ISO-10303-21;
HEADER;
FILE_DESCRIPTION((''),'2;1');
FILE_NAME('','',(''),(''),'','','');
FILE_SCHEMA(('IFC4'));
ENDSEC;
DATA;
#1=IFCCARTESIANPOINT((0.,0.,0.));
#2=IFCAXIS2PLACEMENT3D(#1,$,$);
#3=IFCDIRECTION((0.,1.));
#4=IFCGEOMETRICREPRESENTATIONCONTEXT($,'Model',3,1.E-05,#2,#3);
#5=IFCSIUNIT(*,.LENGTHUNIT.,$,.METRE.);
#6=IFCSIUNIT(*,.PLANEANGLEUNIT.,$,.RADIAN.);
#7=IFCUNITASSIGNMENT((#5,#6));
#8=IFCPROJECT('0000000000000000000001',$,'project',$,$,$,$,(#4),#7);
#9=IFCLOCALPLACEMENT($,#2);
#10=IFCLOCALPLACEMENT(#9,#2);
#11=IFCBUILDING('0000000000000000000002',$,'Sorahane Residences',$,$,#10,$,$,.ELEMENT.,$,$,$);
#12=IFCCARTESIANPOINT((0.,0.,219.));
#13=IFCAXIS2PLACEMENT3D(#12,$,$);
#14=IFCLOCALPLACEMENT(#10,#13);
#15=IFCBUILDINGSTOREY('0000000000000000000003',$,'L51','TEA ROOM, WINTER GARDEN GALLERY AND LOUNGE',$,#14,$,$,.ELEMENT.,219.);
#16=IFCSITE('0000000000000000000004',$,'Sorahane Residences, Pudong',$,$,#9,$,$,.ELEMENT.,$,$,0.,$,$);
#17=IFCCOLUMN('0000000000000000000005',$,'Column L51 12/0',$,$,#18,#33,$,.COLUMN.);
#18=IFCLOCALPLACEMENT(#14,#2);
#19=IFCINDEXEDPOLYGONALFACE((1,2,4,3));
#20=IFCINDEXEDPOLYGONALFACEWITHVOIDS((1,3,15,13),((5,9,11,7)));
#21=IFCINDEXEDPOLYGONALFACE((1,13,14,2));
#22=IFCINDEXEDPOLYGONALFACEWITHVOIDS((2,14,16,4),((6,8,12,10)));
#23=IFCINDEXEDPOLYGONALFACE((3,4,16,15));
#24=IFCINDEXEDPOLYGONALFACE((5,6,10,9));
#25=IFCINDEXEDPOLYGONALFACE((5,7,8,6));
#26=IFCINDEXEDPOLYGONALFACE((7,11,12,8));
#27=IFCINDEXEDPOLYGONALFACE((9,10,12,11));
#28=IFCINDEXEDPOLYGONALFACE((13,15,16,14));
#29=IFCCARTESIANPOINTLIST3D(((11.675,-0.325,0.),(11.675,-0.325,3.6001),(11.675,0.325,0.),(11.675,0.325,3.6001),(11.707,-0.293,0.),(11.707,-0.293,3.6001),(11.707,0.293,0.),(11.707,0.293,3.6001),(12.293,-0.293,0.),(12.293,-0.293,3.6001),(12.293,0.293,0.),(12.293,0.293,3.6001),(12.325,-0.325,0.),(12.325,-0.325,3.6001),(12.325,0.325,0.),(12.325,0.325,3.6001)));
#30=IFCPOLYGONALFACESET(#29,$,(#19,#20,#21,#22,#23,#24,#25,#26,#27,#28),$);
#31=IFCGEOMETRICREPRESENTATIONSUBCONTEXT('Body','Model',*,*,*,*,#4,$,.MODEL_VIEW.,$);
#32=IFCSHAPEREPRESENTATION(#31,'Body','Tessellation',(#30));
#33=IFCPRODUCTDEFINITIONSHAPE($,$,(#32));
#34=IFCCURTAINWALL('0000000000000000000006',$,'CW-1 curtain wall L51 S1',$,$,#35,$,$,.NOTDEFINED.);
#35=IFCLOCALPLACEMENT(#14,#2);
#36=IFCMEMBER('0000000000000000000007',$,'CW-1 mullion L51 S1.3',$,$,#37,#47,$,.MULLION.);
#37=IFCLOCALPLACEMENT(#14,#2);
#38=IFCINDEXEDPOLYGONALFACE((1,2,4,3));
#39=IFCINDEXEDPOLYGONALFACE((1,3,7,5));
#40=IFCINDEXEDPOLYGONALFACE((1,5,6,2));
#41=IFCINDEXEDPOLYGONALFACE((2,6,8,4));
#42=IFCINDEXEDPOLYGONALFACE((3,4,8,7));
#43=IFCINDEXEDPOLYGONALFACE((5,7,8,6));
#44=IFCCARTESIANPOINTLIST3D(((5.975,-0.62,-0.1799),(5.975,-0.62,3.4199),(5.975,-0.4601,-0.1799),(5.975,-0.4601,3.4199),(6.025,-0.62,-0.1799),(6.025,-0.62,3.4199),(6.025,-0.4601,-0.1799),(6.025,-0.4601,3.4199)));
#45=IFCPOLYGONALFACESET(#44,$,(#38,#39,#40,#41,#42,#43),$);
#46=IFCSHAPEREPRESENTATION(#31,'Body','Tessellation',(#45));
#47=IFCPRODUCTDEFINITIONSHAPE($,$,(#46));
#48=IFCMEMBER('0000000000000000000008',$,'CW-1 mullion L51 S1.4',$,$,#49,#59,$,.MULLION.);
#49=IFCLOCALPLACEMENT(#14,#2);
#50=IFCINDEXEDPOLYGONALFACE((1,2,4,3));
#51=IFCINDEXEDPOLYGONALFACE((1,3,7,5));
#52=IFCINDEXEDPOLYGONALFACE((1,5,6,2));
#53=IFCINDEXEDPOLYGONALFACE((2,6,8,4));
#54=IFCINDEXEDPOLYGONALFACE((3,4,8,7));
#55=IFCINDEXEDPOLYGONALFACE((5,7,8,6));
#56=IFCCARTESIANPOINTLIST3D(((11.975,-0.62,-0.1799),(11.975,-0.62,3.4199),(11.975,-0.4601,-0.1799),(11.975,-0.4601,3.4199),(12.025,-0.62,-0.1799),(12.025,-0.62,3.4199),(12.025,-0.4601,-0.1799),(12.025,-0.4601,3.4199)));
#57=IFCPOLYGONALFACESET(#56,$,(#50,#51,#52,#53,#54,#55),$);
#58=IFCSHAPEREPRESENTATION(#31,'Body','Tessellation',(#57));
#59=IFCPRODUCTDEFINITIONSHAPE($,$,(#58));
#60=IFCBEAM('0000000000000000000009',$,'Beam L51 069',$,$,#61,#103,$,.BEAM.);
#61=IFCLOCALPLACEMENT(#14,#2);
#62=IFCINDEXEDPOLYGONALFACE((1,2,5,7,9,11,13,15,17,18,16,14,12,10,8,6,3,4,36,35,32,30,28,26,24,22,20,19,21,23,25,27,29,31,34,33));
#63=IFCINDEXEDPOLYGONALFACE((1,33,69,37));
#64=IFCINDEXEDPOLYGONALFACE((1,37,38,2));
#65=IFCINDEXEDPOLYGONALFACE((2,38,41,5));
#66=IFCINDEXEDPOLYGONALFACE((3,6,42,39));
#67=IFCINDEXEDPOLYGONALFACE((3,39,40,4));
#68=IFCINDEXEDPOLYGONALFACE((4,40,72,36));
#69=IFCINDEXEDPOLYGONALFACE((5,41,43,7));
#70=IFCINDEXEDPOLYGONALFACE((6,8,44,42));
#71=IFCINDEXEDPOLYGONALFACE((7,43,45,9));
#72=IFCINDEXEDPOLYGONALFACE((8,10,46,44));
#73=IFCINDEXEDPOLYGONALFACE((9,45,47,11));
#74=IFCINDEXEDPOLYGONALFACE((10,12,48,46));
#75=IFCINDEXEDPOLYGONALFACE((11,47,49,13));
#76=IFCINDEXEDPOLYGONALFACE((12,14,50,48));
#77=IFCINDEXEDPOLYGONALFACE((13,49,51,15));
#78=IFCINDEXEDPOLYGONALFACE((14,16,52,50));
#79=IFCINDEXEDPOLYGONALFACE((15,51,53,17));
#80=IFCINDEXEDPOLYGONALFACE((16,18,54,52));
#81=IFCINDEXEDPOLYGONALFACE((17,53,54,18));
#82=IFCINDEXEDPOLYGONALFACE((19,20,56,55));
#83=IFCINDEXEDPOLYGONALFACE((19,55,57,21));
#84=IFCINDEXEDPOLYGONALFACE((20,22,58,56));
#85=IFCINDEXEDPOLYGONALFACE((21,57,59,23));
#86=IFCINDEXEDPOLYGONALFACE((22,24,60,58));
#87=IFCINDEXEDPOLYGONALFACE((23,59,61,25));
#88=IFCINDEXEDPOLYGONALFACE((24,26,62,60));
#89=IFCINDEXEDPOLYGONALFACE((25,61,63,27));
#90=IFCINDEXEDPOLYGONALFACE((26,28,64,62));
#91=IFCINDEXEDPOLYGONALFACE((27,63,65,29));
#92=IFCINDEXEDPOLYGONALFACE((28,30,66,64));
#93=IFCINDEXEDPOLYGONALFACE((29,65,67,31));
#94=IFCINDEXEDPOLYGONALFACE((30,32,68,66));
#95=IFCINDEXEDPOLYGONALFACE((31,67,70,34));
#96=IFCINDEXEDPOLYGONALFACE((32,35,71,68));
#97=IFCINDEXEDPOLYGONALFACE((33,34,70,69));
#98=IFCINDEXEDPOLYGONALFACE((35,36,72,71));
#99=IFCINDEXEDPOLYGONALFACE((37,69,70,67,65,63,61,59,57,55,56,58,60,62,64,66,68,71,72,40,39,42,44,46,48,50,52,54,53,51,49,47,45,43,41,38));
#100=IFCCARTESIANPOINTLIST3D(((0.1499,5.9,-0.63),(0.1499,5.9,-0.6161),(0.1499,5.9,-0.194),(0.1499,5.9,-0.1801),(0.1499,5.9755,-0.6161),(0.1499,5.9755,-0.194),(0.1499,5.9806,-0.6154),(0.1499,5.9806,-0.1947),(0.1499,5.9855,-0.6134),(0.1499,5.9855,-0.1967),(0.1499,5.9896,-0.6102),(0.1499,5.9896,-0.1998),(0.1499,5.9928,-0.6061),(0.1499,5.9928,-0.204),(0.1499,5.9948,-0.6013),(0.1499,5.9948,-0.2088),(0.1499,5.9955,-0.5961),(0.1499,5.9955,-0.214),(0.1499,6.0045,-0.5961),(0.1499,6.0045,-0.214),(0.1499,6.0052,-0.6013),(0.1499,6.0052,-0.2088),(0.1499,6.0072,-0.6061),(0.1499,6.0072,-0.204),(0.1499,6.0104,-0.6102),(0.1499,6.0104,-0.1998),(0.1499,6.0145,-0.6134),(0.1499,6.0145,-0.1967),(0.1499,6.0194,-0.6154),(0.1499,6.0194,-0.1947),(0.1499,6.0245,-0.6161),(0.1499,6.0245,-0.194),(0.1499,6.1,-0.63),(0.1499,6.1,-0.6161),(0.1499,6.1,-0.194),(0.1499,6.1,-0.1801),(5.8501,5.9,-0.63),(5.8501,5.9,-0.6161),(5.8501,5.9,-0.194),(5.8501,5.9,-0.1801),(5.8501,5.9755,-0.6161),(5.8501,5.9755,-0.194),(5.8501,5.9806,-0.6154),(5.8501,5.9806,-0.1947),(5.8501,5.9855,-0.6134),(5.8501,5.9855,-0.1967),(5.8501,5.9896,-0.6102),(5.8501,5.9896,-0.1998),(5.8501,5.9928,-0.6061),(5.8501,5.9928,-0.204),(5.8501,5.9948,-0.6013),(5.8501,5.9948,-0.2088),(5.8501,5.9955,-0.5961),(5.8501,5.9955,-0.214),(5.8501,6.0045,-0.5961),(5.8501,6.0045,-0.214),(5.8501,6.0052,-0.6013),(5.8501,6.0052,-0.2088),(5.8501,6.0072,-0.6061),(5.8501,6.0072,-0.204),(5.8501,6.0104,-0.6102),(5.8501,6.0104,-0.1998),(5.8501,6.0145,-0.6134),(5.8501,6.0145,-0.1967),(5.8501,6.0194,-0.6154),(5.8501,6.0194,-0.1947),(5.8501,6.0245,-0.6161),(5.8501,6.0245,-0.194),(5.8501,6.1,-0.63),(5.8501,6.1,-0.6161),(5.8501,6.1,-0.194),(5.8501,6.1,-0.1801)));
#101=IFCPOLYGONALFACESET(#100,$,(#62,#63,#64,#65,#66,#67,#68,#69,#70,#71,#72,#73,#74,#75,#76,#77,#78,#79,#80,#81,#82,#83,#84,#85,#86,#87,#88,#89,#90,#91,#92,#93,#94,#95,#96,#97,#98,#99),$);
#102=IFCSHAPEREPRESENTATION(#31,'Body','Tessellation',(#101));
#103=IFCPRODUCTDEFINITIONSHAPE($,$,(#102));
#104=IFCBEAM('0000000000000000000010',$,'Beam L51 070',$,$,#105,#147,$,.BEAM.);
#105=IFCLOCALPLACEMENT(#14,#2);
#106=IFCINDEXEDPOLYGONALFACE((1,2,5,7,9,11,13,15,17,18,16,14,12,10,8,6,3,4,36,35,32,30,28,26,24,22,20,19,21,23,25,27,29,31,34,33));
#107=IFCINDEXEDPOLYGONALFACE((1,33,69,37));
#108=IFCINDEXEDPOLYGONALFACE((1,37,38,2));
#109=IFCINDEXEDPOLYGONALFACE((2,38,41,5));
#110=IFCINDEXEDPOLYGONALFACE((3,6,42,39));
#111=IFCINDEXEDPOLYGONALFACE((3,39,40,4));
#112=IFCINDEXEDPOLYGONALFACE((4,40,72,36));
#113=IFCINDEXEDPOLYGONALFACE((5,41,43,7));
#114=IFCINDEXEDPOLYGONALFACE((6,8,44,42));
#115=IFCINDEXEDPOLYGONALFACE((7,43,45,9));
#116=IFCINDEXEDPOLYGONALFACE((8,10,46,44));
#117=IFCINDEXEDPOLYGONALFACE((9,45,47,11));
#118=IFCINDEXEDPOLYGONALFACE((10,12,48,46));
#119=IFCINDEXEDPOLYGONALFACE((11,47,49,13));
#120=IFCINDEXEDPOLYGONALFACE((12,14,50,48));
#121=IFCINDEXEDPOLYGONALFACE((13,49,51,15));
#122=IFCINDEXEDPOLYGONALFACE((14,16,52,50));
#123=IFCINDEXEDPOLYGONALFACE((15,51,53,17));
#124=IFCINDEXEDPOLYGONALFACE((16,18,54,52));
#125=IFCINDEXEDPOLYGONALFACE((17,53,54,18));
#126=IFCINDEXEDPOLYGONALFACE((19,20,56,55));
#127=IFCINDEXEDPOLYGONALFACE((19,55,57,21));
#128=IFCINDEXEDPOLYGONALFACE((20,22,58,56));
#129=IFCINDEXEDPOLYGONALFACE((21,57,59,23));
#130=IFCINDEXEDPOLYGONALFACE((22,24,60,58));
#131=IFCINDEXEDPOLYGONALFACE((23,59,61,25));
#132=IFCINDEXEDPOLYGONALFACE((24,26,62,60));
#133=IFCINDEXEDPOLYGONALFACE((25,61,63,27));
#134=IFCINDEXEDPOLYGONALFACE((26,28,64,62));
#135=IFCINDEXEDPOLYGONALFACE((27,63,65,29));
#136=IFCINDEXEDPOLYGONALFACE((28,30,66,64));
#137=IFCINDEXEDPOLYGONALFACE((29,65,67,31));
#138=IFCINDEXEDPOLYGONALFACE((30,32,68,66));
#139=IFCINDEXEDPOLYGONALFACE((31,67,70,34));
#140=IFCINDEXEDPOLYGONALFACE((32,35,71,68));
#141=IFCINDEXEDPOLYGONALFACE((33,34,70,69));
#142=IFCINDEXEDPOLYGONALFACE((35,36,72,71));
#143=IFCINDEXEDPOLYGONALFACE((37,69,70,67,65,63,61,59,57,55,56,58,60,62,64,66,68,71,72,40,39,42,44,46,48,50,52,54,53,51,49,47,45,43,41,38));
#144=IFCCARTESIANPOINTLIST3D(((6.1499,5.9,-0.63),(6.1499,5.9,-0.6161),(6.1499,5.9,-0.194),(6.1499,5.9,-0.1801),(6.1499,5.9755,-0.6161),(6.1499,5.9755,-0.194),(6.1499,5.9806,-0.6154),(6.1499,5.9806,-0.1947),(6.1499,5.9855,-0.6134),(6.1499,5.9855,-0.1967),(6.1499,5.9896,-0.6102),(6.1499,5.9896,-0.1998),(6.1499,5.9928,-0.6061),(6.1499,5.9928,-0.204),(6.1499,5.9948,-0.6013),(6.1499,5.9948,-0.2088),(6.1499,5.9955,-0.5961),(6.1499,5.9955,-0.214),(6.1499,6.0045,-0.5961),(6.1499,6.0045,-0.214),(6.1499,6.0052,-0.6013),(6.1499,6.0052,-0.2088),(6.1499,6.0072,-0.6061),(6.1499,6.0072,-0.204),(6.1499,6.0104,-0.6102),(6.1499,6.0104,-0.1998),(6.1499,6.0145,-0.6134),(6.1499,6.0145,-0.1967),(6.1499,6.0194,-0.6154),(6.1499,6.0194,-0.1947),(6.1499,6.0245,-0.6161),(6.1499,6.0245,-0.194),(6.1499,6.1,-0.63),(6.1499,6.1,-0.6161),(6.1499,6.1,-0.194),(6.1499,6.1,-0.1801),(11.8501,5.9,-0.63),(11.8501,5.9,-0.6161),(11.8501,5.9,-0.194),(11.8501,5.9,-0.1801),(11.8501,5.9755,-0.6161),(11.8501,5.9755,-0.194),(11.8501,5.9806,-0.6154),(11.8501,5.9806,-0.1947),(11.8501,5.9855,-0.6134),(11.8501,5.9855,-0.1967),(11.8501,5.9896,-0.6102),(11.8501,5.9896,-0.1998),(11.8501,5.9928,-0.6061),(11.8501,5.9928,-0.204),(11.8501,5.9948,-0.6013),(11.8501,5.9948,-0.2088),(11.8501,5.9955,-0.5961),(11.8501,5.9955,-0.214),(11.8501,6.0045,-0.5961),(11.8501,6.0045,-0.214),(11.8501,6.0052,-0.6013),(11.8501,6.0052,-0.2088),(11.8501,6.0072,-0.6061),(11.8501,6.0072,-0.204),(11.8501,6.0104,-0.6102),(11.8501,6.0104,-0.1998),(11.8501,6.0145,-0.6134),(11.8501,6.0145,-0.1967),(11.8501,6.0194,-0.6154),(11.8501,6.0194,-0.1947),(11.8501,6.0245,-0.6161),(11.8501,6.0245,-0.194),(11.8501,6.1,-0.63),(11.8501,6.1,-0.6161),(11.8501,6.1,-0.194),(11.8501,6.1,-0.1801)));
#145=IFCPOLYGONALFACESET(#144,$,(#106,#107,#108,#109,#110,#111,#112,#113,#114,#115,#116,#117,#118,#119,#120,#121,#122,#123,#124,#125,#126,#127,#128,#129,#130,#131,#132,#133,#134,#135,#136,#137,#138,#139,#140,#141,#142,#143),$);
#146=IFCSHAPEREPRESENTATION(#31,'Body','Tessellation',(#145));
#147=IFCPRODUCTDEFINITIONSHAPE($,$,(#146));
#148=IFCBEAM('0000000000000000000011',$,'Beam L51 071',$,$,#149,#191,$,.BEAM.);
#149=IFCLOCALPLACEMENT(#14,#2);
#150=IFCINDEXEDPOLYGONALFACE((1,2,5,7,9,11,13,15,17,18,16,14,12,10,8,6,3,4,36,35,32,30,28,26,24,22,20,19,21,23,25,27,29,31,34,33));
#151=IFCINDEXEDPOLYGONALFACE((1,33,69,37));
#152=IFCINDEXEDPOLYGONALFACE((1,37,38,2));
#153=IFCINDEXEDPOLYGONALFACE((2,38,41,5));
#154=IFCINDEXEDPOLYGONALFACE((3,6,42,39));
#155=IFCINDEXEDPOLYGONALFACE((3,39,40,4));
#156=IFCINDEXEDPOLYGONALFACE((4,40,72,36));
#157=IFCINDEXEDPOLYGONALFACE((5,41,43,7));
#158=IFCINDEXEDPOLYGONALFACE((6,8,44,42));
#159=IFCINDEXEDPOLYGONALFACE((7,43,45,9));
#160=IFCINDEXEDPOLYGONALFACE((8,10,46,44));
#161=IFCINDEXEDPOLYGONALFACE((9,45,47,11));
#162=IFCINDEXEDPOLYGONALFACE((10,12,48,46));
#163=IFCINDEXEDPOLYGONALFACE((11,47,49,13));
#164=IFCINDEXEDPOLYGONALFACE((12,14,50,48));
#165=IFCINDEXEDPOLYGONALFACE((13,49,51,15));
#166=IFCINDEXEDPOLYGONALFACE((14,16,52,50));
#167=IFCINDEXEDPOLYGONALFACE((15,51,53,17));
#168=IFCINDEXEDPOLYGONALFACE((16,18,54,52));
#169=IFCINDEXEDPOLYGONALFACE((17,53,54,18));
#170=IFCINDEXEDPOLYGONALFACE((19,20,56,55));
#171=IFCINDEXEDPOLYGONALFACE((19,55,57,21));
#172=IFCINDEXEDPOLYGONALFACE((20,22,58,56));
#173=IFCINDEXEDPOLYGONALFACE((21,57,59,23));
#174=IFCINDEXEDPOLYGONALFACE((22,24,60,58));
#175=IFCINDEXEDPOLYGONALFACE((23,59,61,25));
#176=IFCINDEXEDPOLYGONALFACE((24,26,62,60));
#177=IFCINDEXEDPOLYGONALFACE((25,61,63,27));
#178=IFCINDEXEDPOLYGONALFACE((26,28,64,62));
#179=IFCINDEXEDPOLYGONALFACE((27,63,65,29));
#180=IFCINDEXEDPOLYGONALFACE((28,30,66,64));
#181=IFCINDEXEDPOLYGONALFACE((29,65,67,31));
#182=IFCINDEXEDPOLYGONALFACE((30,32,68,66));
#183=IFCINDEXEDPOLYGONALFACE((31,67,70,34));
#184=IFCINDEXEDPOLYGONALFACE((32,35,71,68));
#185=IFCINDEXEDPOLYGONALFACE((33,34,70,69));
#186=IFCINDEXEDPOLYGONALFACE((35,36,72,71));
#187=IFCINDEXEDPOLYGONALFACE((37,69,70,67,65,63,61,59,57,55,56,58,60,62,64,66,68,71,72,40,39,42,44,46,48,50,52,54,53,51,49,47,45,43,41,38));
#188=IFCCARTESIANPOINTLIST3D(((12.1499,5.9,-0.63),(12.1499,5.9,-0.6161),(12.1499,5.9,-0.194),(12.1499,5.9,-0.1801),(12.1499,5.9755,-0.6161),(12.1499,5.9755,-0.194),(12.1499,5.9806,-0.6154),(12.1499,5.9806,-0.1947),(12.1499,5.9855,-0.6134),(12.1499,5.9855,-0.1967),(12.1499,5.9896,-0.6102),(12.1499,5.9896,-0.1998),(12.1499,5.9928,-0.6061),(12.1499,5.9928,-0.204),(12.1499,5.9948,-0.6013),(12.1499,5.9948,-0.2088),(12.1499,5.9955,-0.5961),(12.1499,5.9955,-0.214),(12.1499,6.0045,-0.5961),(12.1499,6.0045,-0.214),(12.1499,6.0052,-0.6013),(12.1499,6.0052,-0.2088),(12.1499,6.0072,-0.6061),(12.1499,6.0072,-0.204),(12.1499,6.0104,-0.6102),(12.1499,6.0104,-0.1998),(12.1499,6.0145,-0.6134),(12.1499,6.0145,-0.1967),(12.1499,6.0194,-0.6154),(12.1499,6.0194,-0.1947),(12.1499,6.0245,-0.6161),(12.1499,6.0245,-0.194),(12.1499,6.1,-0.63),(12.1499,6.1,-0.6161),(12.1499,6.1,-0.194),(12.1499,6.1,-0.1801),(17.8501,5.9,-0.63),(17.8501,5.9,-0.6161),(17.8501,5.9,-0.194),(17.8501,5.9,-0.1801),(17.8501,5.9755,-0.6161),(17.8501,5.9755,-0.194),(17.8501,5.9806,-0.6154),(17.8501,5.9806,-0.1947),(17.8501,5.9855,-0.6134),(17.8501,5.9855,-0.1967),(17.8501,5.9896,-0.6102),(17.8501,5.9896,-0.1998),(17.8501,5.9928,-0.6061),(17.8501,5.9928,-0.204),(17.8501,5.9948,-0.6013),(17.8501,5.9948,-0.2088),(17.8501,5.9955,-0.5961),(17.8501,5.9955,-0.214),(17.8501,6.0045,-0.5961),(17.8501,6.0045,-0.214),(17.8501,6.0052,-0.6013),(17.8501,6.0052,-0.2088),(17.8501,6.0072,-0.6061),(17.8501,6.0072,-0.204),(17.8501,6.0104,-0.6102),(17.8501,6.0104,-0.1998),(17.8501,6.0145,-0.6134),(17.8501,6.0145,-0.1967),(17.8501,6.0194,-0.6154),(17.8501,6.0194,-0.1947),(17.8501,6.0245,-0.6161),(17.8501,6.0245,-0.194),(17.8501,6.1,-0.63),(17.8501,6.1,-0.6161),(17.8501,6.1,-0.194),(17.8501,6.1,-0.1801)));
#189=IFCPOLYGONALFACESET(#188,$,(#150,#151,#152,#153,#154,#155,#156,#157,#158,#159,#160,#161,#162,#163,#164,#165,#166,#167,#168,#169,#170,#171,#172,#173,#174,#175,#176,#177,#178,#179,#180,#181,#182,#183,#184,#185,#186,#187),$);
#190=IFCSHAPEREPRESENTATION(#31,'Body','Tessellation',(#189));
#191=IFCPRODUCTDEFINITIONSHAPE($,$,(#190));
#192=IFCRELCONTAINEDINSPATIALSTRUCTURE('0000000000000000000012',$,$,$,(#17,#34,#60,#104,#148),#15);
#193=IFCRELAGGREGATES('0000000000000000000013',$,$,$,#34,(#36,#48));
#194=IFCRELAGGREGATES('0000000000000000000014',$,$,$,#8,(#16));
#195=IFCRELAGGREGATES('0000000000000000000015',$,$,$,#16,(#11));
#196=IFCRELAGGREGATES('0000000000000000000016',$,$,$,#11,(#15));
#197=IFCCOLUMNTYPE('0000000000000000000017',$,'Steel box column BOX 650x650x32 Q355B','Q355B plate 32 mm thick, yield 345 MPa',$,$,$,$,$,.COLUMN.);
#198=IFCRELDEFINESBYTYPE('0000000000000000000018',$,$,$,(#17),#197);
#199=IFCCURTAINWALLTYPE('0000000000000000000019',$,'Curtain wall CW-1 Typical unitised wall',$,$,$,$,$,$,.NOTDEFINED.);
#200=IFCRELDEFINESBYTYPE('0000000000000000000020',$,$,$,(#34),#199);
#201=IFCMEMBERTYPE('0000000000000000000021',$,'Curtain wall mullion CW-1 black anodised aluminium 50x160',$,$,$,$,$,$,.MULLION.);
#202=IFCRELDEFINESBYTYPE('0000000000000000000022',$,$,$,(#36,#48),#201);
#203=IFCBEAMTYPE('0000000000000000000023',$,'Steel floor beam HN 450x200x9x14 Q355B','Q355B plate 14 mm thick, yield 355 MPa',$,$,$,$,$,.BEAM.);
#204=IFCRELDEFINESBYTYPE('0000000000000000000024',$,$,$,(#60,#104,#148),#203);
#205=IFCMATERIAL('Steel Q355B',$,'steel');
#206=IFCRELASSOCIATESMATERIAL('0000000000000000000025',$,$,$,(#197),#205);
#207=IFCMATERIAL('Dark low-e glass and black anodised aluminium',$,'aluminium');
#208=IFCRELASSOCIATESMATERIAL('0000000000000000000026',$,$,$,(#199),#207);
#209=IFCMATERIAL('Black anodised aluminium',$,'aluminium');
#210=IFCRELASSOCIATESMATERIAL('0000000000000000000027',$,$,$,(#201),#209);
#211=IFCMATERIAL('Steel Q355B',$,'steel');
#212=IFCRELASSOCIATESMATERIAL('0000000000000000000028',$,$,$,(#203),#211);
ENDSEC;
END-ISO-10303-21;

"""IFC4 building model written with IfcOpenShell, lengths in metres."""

from ifc_helpers import new_model, si_unit, direction, frame, origin, origin_2d, place, context, subcontext, project, spatial, rectangle, hollow_rectangle, i_section, extrude, material, material_profile, profile_set, type_object, element, aggregate, save


model = new_model("IFC4")

# Units and contexts
model_context = context("Model", 3, precision=1e-05, world=origin(), true_north=direction((0.0, 1.0)))
body_context = subcontext(model_context, "Body", "Model", "MODEL_VIEW")
ifc_project = project(units=[si_unit("LENGTHUNIT", "METRE"), si_unit("PLANEANGLEUNIT", "RADIAN")], contexts=[model_context])

# Site, building, storey
site_placement = place(None, origin())
site = spatial("IfcSite", under=ifc_project, at=site_placement, Name="Sorahane Residences, Pudong", CompositionType="ELEMENT", RefElevation=0.0)
building_placement = place(site_placement, origin())
building = spatial("IfcBuilding", under=site, at=building_placement, Name="Sorahane Residences", CompositionType="ELEMENT")
storey_placement = place(building_placement, frame((0.0, 0.0, 219.0)))
storey = spatial("IfcBuildingStorey", under=building, at=storey_placement, Name="L51", Description="TEA ROOM, WINTER GARDEN GALLERY AND LOUNGE", CompositionType="ELEMENT", Elevation=219.0)

# Column
ifc_material_1 = material(Name="Steel Q355B", Category="steel")
ifc_material_profile_1 = material_profile(ifc_material_1, hollow_rectangle(XDim=0.6499, YDim=0.6499, WallThickness=0.032, at=origin_2d()), Name="BOX 650x650x32")
ifc_profile_set_1 = profile_set([ifc_material_profile_1], Name="Steel Q355B")
column_type = type_object("IfcColumnType", Name="Steel box column BOX 650x650x32 Q355B", Description="Q355B plate 32 mm thick, yield 345 MPa", PredefinedType="COLUMN", material=ifc_profile_set_1)
column_placement = place(storey_placement, frame((12.0, 0.0, 0.0), z_axis=(0.0, 0.0, 1.0), x_axis=(1.0, 0.0, 0.0)))
element("IfcColumn", 1, at=column_placement, inside=storey, type_object=column_type, Name="Column L51 12/0", PredefinedType="COLUMN", context=body_context, shape_type="SweptSolid", body=[
    extrude(hollow_rectangle(XDim=0.6499, YDim=0.6499, WallThickness=0.032, at=origin_2d()), origin(), (0.0, 0.0, 1.0), 3.6001),
])

# Curtain wall, members
ifc_material_2 = material(Name="Dark low-e glass and black anodised aluminium", Category="aluminium")
curtain_wall_type = type_object("IfcCurtainWallType", Name="Curtain wall CW-1 Typical unitised wall", PredefinedType="NOTDEFINED", material=ifc_material_2)
curtain_wall_placement = place(storey_placement, origin())
curtain_wall = element("IfcCurtainWall", 2, at=curtain_wall_placement, inside=storey, type_object=curtain_wall_type, Name="CW-1 curtain wall L51 S1", PredefinedType="NOTDEFINED")
ifc_material_3 = material(Name="Black anodised aluminium", Category="aluminium")
ifc_material_profile_2 = material_profile(ifc_material_3, rectangle(XDim=0.1599, YDim=0.05, at=origin_2d()), Name="Curtain wall mullion CW-1 black anodised aluminium 50x160")
ifc_profile_set_2 = profile_set([ifc_material_profile_2], Name="Black anodised aluminium")
member_type = type_object("IfcMemberType", Name="Curtain wall mullion CW-1 black anodised aluminium 50x160", PredefinedType="MULLION", material=ifc_profile_set_2)
member_1_placement = place(storey_placement, frame((6.0, -0.54, -0.1799), z_axis=(0.0, 0.0, 1.0), x_axis=(0.0, -1.0, 0.0)))
member_1 = element("IfcMember", 3, at=member_1_placement, type_object=member_type, Name="CW-1 mullion L51 S1.3", PredefinedType="MULLION", context=body_context, shape_type="SweptSolid", body=[
    extrude(rectangle(XDim=0.1599, YDim=0.05, at=origin_2d()), origin(), (0.0, 0.0, 1.0), 3.5999),
])
member_2_placement = place(storey_placement, frame((12.0, -0.54, -0.1799), z_axis=(0.0, 0.0, 1.0), x_axis=(0.0, -1.0, 0.0)))
member_2 = element("IfcMember", 4, at=member_2_placement, type_object=member_type, Name="CW-1 mullion L51 S1.4", PredefinedType="MULLION", context=body_context, shape_type="SweptSolid", body=[
    extrude(rectangle(XDim=0.1599, YDim=0.05, at=origin_2d()), origin(), (0.0, 0.0, 1.0), 3.5999),
])

# Beams
ifc_material_4 = material(Name="Steel Q355B", Category="steel")
ifc_material_profile_3 = material_profile(ifc_material_4, i_section(OverallWidth=0.2, OverallDepth=0.45, WebThickness=0.009, FlangeThickness=0.0139, FilletRadius=0.02, at=origin_2d()), Name="HN 450x200x9x14")
ifc_profile_set_3 = profile_set([ifc_material_profile_3], Name="Steel Q355B")
beam_type_1 = type_object("IfcBeamType", Name="Steel floor beam HN 450x200x9x14 Q355B", Description="Q355B plate 14 mm thick, yield 355 MPa", PredefinedType="BEAM", material=ifc_profile_set_3)
for number, where, z_axis, x_axis, name in (
    (5, (0.1499, 6.0, -0.405), (1.0, 0.0, 0.0), (0.0, 1.0, 0.0), "Beam L51 069"),
    (6, (6.1499, 6.0, -0.405), (1.0, 0.0, 0.0), (0.0, 1.0, 0.0), "Beam L51 070"),
    (7, (12.1499, 6.0, -0.405), (1.0, 0.0, 0.0), (0.0, 1.0, 0.0), "Beam L51 071"),
):
    element("IfcBeam", number, at=place(storey_placement, frame(where, z_axis=z_axis, x_axis=x_axis)), inside=storey, type_object=beam_type_1, Name=name, PredefinedType="BEAM", context=body_context, shape_type="SweptSolid", body=[
        extrude(i_section(OverallWidth=0.2, OverallDepth=0.45, WebThickness=0.009, FlangeThickness=0.0139, FilletRadius=0.02, at=origin_2d()), origin(), (0.0, 0.0, 1.0), 5.7002),
    ])

aggregate(curtain_wall, [member_1, member_2])

save(model, "model.ifc")
